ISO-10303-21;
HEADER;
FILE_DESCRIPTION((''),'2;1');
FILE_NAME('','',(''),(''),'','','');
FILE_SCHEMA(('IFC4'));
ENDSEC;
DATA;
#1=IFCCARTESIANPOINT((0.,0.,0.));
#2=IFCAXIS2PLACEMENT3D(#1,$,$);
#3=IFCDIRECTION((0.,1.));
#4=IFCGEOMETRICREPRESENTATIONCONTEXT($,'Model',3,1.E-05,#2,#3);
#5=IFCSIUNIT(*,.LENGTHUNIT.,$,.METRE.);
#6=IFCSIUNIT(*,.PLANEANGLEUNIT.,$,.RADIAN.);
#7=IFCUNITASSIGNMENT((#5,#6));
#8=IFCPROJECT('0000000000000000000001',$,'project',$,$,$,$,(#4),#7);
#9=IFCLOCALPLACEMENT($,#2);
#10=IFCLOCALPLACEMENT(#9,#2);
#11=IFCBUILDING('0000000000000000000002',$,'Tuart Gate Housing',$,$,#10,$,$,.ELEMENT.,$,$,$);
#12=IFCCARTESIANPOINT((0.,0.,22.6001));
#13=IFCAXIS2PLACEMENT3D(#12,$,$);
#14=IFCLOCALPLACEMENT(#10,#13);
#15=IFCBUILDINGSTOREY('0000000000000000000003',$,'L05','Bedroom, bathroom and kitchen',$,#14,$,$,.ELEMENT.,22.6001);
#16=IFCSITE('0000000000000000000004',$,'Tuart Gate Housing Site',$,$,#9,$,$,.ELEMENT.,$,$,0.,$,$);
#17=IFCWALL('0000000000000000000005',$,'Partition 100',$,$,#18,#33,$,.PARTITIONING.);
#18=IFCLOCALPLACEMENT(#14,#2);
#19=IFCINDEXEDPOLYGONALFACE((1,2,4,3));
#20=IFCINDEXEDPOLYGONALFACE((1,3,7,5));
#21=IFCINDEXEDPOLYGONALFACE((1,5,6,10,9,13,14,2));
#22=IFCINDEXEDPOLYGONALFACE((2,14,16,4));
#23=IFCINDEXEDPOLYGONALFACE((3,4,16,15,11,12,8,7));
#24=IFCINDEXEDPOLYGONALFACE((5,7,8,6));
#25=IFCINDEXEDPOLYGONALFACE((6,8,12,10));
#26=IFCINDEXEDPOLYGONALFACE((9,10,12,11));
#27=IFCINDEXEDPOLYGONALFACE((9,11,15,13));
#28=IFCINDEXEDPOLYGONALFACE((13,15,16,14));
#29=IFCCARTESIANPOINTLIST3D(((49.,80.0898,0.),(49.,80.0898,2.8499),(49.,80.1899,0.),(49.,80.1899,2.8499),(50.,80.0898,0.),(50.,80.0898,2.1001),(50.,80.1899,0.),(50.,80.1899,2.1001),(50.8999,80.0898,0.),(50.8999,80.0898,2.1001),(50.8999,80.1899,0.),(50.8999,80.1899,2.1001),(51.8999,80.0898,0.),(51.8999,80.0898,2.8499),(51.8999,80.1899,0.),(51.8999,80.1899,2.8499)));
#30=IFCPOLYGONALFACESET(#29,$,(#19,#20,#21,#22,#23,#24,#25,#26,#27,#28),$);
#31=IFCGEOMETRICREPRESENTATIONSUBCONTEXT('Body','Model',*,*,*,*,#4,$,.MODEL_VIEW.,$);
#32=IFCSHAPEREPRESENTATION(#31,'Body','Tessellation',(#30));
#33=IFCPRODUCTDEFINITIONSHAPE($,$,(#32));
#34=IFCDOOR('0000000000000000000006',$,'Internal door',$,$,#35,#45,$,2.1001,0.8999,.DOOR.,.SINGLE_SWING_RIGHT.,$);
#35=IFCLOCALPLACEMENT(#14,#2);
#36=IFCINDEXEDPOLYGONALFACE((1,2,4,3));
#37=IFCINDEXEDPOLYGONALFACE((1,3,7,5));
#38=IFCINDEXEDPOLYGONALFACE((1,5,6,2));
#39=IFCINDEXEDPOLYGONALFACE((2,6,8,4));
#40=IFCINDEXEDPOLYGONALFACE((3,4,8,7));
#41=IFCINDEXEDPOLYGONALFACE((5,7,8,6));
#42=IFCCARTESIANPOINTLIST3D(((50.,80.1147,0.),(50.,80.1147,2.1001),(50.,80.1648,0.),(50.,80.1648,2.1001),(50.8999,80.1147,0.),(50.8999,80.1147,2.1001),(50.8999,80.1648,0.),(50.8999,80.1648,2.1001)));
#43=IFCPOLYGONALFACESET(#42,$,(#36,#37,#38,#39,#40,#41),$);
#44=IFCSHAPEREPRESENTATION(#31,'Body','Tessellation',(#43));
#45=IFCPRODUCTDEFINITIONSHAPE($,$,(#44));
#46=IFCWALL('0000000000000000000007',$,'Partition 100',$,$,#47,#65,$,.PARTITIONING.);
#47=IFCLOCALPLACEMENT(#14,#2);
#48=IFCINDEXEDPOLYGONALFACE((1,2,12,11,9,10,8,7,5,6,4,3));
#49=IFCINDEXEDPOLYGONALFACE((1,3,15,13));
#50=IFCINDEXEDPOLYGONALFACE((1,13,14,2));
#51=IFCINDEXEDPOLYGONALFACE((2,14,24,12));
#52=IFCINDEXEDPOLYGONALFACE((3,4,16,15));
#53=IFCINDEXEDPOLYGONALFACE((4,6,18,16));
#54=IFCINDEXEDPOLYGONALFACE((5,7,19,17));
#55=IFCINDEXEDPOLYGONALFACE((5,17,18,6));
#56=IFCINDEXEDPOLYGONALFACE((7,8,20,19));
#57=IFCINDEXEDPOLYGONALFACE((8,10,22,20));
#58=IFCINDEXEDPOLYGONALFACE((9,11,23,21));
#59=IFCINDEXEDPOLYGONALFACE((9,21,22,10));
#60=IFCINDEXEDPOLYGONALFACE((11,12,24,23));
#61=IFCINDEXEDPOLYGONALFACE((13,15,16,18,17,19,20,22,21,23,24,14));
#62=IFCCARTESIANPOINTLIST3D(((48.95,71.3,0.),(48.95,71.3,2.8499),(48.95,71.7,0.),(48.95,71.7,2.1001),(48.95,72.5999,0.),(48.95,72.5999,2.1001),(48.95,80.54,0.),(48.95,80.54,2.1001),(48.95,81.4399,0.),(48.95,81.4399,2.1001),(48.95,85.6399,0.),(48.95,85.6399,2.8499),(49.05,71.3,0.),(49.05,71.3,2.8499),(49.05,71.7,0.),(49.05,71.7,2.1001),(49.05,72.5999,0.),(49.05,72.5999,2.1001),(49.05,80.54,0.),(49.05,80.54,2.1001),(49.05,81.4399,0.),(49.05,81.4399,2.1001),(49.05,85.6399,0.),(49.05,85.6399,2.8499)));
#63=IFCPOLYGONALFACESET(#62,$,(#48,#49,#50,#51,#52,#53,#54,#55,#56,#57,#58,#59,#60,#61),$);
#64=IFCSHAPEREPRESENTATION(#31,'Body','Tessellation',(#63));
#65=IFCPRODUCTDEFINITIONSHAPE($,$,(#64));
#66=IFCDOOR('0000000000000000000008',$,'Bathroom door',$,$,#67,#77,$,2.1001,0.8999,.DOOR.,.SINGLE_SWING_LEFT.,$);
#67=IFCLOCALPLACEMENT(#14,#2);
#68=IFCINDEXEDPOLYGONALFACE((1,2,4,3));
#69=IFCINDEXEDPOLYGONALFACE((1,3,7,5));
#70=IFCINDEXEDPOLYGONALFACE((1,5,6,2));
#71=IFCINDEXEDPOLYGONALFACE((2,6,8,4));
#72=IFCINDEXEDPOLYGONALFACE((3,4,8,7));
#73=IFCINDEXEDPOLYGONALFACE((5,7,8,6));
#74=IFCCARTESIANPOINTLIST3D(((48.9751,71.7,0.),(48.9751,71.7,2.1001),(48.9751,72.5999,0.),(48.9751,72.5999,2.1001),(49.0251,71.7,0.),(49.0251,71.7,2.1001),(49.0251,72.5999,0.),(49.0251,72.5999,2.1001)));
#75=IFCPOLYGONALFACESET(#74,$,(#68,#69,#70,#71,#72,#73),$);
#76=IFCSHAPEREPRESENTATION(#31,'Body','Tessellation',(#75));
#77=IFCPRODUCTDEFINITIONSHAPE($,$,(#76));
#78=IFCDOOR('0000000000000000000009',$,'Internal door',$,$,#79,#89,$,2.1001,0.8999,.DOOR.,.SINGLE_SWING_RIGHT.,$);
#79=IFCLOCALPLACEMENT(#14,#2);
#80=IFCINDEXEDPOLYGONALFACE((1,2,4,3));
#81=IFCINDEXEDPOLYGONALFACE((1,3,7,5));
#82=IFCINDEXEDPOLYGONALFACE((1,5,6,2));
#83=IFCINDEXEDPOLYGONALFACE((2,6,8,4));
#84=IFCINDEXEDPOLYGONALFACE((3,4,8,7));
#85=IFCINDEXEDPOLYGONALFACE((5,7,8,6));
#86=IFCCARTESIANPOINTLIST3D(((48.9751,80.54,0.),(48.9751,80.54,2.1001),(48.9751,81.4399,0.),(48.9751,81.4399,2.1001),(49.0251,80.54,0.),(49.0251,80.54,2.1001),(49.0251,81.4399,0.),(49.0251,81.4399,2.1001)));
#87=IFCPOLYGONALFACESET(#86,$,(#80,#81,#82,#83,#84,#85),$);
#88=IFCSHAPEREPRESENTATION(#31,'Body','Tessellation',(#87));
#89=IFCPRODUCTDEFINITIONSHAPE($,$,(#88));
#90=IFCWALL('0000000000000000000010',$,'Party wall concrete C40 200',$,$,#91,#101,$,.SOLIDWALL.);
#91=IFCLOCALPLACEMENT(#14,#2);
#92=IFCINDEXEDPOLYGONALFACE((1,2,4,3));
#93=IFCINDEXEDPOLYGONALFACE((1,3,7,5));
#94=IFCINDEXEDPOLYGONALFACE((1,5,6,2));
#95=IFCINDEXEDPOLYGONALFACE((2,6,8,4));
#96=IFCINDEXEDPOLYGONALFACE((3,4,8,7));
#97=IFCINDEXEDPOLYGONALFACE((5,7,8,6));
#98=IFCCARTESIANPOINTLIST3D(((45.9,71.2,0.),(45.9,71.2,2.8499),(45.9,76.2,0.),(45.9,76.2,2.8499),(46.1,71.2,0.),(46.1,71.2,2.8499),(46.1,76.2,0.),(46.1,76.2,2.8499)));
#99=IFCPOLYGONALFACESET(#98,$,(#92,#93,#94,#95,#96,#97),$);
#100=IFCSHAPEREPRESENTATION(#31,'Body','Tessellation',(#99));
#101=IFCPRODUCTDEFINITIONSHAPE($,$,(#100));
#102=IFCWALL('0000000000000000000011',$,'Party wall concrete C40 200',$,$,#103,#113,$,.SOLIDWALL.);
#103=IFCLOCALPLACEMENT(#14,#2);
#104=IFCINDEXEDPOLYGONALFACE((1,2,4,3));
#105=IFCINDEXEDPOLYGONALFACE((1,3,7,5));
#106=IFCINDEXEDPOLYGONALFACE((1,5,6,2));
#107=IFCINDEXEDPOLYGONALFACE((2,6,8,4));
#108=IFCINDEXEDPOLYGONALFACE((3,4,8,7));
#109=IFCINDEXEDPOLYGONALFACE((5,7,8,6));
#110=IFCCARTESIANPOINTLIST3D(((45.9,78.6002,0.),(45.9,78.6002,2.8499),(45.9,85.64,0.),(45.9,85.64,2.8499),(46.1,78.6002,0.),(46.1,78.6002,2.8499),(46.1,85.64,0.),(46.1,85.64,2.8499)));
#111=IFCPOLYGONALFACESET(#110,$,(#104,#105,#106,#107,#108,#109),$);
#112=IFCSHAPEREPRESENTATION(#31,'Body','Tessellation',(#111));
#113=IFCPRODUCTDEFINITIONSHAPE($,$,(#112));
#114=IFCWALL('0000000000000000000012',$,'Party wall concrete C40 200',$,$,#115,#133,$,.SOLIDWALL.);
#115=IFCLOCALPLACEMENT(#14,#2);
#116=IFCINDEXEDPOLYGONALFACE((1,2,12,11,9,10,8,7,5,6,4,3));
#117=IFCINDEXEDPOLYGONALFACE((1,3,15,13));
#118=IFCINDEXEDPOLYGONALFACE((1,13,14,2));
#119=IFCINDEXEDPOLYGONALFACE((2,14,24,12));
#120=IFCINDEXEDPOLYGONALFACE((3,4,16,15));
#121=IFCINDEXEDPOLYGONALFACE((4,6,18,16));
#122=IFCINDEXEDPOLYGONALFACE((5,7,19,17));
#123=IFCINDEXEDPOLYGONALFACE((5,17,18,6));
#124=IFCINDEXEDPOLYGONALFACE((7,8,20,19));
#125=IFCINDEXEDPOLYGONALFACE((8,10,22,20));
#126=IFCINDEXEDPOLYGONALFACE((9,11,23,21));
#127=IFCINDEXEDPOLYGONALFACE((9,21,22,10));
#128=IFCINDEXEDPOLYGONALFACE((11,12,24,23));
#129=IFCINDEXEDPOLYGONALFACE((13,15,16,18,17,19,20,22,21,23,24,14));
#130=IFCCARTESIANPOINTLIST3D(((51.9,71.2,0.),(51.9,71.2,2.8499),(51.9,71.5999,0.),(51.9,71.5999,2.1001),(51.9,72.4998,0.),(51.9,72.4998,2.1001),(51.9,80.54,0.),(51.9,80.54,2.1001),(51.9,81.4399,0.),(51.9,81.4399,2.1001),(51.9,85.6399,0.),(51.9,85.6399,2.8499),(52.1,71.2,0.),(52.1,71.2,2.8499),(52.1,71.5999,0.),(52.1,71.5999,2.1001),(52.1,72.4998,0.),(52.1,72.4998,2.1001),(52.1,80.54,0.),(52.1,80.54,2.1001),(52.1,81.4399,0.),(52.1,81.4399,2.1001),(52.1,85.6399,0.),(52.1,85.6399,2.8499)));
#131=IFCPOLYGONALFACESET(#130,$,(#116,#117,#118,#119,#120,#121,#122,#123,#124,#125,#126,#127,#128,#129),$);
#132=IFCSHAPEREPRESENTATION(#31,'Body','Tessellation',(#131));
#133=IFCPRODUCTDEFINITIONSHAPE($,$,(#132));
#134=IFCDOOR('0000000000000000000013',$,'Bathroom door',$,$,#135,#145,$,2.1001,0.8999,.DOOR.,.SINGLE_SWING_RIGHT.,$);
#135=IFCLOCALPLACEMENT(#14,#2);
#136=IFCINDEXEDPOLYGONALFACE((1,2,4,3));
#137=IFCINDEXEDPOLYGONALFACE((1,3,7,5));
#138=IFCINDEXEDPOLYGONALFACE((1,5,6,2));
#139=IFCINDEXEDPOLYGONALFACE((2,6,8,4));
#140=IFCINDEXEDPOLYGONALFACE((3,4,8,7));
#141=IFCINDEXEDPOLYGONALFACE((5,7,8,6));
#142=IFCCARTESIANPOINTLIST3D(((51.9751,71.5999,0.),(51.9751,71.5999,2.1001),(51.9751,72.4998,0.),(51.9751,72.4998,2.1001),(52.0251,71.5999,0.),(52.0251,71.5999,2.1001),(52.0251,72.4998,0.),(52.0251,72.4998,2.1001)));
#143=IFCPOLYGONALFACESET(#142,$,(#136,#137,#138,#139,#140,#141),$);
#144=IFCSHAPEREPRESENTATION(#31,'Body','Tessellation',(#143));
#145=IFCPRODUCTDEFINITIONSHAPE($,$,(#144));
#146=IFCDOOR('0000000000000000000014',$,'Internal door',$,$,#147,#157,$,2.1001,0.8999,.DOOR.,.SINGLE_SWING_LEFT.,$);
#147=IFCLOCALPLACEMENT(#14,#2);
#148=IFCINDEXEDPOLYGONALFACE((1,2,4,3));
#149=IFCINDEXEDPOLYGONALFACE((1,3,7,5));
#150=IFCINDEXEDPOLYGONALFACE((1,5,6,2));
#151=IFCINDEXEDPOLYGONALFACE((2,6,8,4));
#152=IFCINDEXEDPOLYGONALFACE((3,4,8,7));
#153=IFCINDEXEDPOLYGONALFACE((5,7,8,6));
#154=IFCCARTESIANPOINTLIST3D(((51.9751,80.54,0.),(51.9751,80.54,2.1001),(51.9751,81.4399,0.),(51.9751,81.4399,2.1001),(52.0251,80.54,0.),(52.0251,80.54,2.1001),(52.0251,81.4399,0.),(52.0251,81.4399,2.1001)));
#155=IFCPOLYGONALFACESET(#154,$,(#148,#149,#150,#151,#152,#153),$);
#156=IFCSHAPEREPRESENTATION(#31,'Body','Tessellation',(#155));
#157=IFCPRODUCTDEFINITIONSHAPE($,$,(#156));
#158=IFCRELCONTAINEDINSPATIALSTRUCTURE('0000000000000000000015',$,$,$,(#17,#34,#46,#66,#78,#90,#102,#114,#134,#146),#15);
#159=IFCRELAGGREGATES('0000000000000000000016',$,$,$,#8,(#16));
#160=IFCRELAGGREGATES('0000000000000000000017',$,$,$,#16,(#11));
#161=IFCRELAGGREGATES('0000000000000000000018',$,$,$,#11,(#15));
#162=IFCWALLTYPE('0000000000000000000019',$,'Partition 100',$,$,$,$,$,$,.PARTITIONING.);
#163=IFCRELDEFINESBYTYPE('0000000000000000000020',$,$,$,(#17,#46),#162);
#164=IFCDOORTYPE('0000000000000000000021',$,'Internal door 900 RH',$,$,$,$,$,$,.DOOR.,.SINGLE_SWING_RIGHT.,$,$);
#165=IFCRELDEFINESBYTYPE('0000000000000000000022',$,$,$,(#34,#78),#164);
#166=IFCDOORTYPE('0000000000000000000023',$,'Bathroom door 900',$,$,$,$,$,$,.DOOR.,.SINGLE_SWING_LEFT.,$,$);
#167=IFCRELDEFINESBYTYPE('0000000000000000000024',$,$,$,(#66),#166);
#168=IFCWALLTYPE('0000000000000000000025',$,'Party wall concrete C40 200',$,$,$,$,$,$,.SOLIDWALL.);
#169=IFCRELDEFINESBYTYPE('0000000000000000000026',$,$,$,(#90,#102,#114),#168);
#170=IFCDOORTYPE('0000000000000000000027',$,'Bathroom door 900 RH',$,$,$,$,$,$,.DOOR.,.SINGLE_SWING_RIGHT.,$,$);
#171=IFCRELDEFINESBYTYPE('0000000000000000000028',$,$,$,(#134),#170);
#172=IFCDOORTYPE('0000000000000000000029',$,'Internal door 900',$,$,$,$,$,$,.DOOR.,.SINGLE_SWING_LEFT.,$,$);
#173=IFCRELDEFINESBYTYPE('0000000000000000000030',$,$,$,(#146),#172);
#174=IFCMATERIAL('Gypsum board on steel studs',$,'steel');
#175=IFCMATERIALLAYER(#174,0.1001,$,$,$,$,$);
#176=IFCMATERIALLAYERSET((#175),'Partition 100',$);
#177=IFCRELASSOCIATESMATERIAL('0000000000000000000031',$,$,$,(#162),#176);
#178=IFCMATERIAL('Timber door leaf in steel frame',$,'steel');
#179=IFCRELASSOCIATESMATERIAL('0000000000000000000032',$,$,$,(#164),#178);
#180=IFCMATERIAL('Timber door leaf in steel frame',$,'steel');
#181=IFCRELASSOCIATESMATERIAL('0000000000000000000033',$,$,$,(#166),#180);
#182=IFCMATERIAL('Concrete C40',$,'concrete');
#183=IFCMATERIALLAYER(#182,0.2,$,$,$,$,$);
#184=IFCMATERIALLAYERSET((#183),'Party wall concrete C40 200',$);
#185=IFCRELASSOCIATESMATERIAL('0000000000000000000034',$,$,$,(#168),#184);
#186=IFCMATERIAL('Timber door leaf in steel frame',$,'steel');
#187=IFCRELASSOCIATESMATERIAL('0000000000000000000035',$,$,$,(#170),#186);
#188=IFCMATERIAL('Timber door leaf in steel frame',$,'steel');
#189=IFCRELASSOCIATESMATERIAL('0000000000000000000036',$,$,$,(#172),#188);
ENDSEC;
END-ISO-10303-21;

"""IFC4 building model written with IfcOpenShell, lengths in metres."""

from ifc_helpers import new_model, si_unit, direction, frame, frame_2d, origin, place, context, subcontext, project, spatial, rectangle, extrude, material, layer, layer_set, type_object, element, fill, save


model = new_model("IFC4")

# Units and contexts
model_context = context("Model", 3, precision=1e-05, world=origin(), true_north=direction((0.0, 1.0)))
body_context = subcontext(model_context, "Body", "Model", "MODEL_VIEW")
ifc_project = project(units=[si_unit("LENGTHUNIT", "METRE"), si_unit("PLANEANGLEUNIT", "RADIAN")], contexts=[model_context])

# Site, building, storey
site_placement = place(None, origin())
site = spatial("IfcSite", under=ifc_project, at=site_placement, Name="Tuart Gate Housing Site", CompositionType="ELEMENT", RefElevation=0.0)
building_placement = place(site_placement, origin())
building = spatial("IfcBuilding", under=site, at=building_placement, Name="Tuart Gate Housing", CompositionType="ELEMENT")
storey_placement = place(building_placement, frame((0.0, 0.0, 22.6001)))
storey = spatial("IfcBuildingStorey", under=building, at=storey_placement, Name="L05", Description="Bedroom, bathroom and kitchen", CompositionType="ELEMENT", Elevation=22.6001)

# Shared definitions
ifc_material_1 = material(Name="Gypsum board on steel studs", Category="steel")
ifc_layer_1 = layer(ifc_material_1, 0.1001)
ifc_layer_set_1 = layer_set([ifc_layer_1], Name="Partition 100")
wall_type_1 = type_object("IfcWallType", Name="Partition 100", PredefinedType="PARTITIONING", material=ifc_layer_set_1)

# Wall, opening, door
wall_1_placement = place(storey_placement, frame((49.0, 80.1399, 0.0), z_axis=(0.0, 0.0, 1.0), x_axis=(1.0, 0.0, 0.0)))
wall_1 = element("IfcWall", 1, at=wall_1_placement, inside=storey, type_object=wall_type_1, Name="Partition 100", PredefinedType="PARTITIONING", context=body_context, shape_type="SweptSolid", body=[
    extrude(rectangle(XDim=2.8999, YDim=0.1001, at=frame_2d((1.45, 0.0))), origin(), (0.0, 0.0, 1.0), 2.8499),
])
opening_1_placement = place(wall_1_placement, frame((1.0, 0.0, 0.0)))
opening_1 = element("IfcOpeningElement", 2, at=opening_1_placement, cuts=wall_1, PredefinedType="OPENING", context=body_context, shape_type="SweptSolid", body=[
    extrude(rectangle(XDim=0.8999, YDim=2.1001, at=frame_2d((0.45, 1.05))), frame((0.0, 0.0601, 0.0), z_axis=(0.0, -1.0, 0.0), x_axis=(1.0, 0.0, 0.0)), (0.0, 0.0, 1.0), 0.1201),
])
ifc_material_2 = material(Name="Timber door leaf in steel frame", Category="steel")
door_type_1 = type_object("IfcDoorType", Name="Internal door 900 RH", OperationType="SINGLE_SWING_RIGHT", PredefinedType="DOOR", material=ifc_material_2)
door_1_placement = place(opening_1_placement, frame((0.8999, 0.0, 0.0), z_axis=(0.0, 0.0, 1.0), x_axis=(-1.0, 0.0, 0.0)))
door_1 = element("IfcDoor", 3, at=door_1_placement, inside=storey, type_object=door_type_1, Name="Internal door", OperationType="SINGLE_SWING_RIGHT", OverallHeight=2.1001, OverallWidth=0.8999, PredefinedType="DOOR", context=body_context, shape_type="SweptSolid", body=[
    extrude(rectangle(XDim=0.8999, YDim=2.1001, at=frame_2d((0.45, 1.05))), frame((0.0, 0.0251, 0.0), z_axis=(0.0, -1.0, 0.0), x_axis=(1.0, 0.0, 0.0)), (0.0, 0.0, 1.0), 0.05),
])
fill(opening_1, door_1)

# Wall, openings, doors
wall_2_placement = place(storey_placement, frame((49.0, 71.3, 0.0), z_axis=(0.0, 0.0, 1.0), x_axis=(0.0, 1.0, 0.0)))
wall_2 = element("IfcWall", 4, at=wall_2_placement, inside=storey, type_object=wall_type_1, Name="Partition 100", PredefinedType="PARTITIONING", context=body_context, shape_type="SweptSolid", body=[
    extrude(rectangle(XDim=14.3398, YDim=0.1001, at=frame_2d((7.1699, 0.0))), origin(), (0.0, 0.0, 1.0), 2.8499),
])
opening_2_placement = place(wall_2_placement, frame((9.24, 0.0, 0.0)))
opening_2 = element("IfcOpeningElement", 5, at=opening_2_placement, cuts=wall_2, PredefinedType="OPENING", context=body_context, shape_type="SweptSolid", body=[
    extrude(rectangle(XDim=0.8999, YDim=2.1001, at=frame_2d((0.45, 1.05))), frame((0.0, 0.0601, 0.0), z_axis=(0.0, -1.0, 0.0), x_axis=(1.0, 0.0, 0.0)), (0.0, 0.0, 1.0), 0.1201),
])
opening_3_placement = place(wall_2_placement, frame((0.3999, 0.0, 0.0)))
opening_3 = element("IfcOpeningElement", 6, at=opening_3_placement, cuts=wall_2, PredefinedType="OPENING", context=body_context, shape_type="SweptSolid", body=[
    extrude(rectangle(XDim=0.8999, YDim=2.1001, at=frame_2d((0.45, 1.05))), frame((0.0, 0.0601, 0.0), z_axis=(0.0, -1.0, 0.0), x_axis=(1.0, 0.0, 0.0)), (0.0, 0.0, 1.0), 0.1201),
])
ifc_material_3 = material(Name="Timber door leaf in steel frame", Category="steel")
door_type_2 = type_object("IfcDoorType", Name="Bathroom door 900", OperationType="SINGLE_SWING_LEFT", PredefinedType="DOOR", material=ifc_material_3)
door_2_placement = place(opening_3_placement, origin())
door_2 = element("IfcDoor", 7, at=door_2_placement, inside=storey, type_object=door_type_2, Name="Bathroom door", OperationType="SINGLE_SWING_LEFT", OverallHeight=2.1001, OverallWidth=0.8999, PredefinedType="DOOR", context=body_context, shape_type="SweptSolid", body=[
    extrude(rectangle(XDim=0.8999, YDim=2.1001, at=frame_2d((0.45, 1.05))), frame((0.0, 0.0249, 0.0), z_axis=(0.0, -1.0, 0.0), x_axis=(1.0, 0.0, 0.0)), (0.0, 0.0, 1.0), 0.05),
])
fill(opening_3, door_2)
door_3_placement = place(opening_2_placement, origin())
door_3 = element("IfcDoor", 8, at=door_3_placement, inside=storey, type_object=door_type_1, Name="Internal door", OperationType="SINGLE_SWING_RIGHT", OverallHeight=2.1001, OverallWidth=0.8999, PredefinedType="DOOR", context=body_context, shape_type="SweptSolid", body=[
    extrude(rectangle(XDim=0.8999, YDim=2.1001, at=frame_2d((0.45, 1.05))), frame((0.0, 0.0249, 0.0), z_axis=(0.0, -1.0, 0.0), x_axis=(1.0, 0.0, 0.0)), (0.0, 0.0, 1.0), 0.05),
])
fill(opening_2, door_3)

# Walls
ifc_material_4 = material(Name="Concrete C40", Category="concrete")
ifc_layer_2 = layer(ifc_material_4, 0.2)
ifc_layer_set_2 = layer_set([ifc_layer_2], Name="Party wall concrete C40 200")
wall_type_2 = type_object("IfcWallType", Name="Party wall concrete C40 200", PredefinedType="SOLIDWALL", material=ifc_layer_set_2)
wall_3_placement = place(storey_placement, frame((46.0, 71.2, 0.0), z_axis=(0.0, 0.0, 1.0), x_axis=(0.0, 1.0, 0.0)))
element("IfcWall", 9, at=wall_3_placement, inside=storey, type_object=wall_type_2, Name="Party wall concrete C40 200", PredefinedType="SOLIDWALL", context=body_context, shape_type="SweptSolid", body=[
    extrude(rectangle(XDim=5.0, YDim=0.2, at=frame_2d((2.5, 0.0))), origin(), (0.0, 0.0, 1.0), 2.8499),
])
wall_4_placement = place(storey_placement, frame((46.0, 78.6001, 0.0), z_axis=(0.0, 0.0, 1.0), x_axis=(0.0, 1.0, 0.0)))
element("IfcWall", 10, at=wall_4_placement, inside=storey, type_object=wall_type_2, Name="Party wall concrete C40 200", PredefinedType="SOLIDWALL", context=body_context, shape_type="SweptSolid", body=[
    extrude(rectangle(XDim=7.0398, YDim=0.2, at=frame_2d((3.52, 0.0))), origin(), (0.0, 0.0, 1.0), 2.8499),
])

# Wall, openings, doors
wall_5_placement = place(storey_placement, frame((52.0, 71.2, 0.0), z_axis=(0.0, 0.0, 1.0), x_axis=(0.0, 1.0, 0.0)))
wall_5 = element("IfcWall", 11, at=wall_5_placement, inside=storey, type_object=wall_type_2, Name="Party wall concrete C40 200", PredefinedType="SOLIDWALL", context=body_context, shape_type="SweptSolid", body=[
    extrude(rectangle(XDim=14.4399, YDim=0.2, at=frame_2d((7.22, 0.0))), origin(), (0.0, 0.0, 1.0), 2.8499),
])
opening_4_placement = place(wall_5_placement, frame((9.3401, 0.0, 0.0)))
opening_4 = element("IfcOpeningElement", 12, at=opening_4_placement, cuts=wall_5, PredefinedType="OPENING", context=body_context, shape_type="SweptSolid", body=[
    extrude(rectangle(XDim=0.8999, YDim=2.1001, at=frame_2d((0.45, 1.05))), frame((0.0, 0.1099, 0.0), z_axis=(0.0, -1.0, 0.0), x_axis=(1.0, 0.0, 0.0)), (0.0, 0.0, 1.0), 0.22),
])
opening_5_placement = place(wall_5_placement, frame((0.3999, 0.0, 0.0)))
opening_5 = element("IfcOpeningElement", 13, at=opening_5_placement, cuts=wall_5, PredefinedType="OPENING", context=body_context, shape_type="SweptSolid", body=[
    extrude(rectangle(XDim=0.8999, YDim=2.1001, at=frame_2d((0.45, 1.05))), frame((0.0, 0.1099, 0.0), z_axis=(0.0, -1.0, 0.0), x_axis=(1.0, 0.0, 0.0)), (0.0, 0.0, 1.0), 0.22),
])
ifc_material_5 = material(Name="Timber door leaf in steel frame", Category="steel")
door_type_3 = type_object("IfcDoorType", Name="Bathroom door 900 RH", OperationType="SINGLE_SWING_RIGHT", PredefinedType="DOOR", material=ifc_material_5)
door_4_placement = place(opening_5_placement, frame((0.8999, 0.0, 0.0), z_axis=(0.0, 0.0, 1.0), x_axis=(-1.0, 0.0, 0.0)))
door_4 = element("IfcDoor", 14, at=door_4_placement, inside=storey, type_object=door_type_3, Name="Bathroom door", OperationType="SINGLE_SWING_RIGHT", OverallHeight=2.1001, OverallWidth=0.8999, PredefinedType="DOOR", context=body_context, shape_type="SweptSolid", body=[
    extrude(rectangle(XDim=0.8999, YDim=2.1001, at=frame_2d((0.45, 1.05))), frame((0.0, 0.0251, 0.0), z_axis=(0.0, -1.0, 0.0), x_axis=(1.0, 0.0, 0.0)), (0.0, 0.0, 1.0), 0.05),
])
fill(opening_5, door_4)
ifc_material_6 = material(Name="Timber door leaf in steel frame", Category="steel")
door_type_4 = type_object("IfcDoorType", Name="Internal door 900", OperationType="SINGLE_SWING_LEFT", PredefinedType="DOOR", material=ifc_material_6)
door_5_placement = place(opening_4_placement, frame((0.8999, 0.0, 0.0), z_axis=(0.0, 0.0, 1.0), x_axis=(-1.0, 0.0, 0.0)))
door_5 = element("IfcDoor", 15, at=door_5_placement, inside=storey, type_object=door_type_4, Name="Internal door", OperationType="SINGLE_SWING_LEFT", OverallHeight=2.1001, OverallWidth=0.8999, PredefinedType="DOOR", context=body_context, shape_type="SweptSolid", body=[
    extrude(rectangle(XDim=0.8999, YDim=2.1001, at=frame_2d((0.45, 1.05))), frame((0.0, 0.0251, 0.0), z_axis=(0.0, -1.0, 0.0), x_axis=(1.0, 0.0, 0.0)), (0.0, 0.0, 1.0), 0.05),
])
fill(opening_4, door_5)

save(model, "model.ifc")
